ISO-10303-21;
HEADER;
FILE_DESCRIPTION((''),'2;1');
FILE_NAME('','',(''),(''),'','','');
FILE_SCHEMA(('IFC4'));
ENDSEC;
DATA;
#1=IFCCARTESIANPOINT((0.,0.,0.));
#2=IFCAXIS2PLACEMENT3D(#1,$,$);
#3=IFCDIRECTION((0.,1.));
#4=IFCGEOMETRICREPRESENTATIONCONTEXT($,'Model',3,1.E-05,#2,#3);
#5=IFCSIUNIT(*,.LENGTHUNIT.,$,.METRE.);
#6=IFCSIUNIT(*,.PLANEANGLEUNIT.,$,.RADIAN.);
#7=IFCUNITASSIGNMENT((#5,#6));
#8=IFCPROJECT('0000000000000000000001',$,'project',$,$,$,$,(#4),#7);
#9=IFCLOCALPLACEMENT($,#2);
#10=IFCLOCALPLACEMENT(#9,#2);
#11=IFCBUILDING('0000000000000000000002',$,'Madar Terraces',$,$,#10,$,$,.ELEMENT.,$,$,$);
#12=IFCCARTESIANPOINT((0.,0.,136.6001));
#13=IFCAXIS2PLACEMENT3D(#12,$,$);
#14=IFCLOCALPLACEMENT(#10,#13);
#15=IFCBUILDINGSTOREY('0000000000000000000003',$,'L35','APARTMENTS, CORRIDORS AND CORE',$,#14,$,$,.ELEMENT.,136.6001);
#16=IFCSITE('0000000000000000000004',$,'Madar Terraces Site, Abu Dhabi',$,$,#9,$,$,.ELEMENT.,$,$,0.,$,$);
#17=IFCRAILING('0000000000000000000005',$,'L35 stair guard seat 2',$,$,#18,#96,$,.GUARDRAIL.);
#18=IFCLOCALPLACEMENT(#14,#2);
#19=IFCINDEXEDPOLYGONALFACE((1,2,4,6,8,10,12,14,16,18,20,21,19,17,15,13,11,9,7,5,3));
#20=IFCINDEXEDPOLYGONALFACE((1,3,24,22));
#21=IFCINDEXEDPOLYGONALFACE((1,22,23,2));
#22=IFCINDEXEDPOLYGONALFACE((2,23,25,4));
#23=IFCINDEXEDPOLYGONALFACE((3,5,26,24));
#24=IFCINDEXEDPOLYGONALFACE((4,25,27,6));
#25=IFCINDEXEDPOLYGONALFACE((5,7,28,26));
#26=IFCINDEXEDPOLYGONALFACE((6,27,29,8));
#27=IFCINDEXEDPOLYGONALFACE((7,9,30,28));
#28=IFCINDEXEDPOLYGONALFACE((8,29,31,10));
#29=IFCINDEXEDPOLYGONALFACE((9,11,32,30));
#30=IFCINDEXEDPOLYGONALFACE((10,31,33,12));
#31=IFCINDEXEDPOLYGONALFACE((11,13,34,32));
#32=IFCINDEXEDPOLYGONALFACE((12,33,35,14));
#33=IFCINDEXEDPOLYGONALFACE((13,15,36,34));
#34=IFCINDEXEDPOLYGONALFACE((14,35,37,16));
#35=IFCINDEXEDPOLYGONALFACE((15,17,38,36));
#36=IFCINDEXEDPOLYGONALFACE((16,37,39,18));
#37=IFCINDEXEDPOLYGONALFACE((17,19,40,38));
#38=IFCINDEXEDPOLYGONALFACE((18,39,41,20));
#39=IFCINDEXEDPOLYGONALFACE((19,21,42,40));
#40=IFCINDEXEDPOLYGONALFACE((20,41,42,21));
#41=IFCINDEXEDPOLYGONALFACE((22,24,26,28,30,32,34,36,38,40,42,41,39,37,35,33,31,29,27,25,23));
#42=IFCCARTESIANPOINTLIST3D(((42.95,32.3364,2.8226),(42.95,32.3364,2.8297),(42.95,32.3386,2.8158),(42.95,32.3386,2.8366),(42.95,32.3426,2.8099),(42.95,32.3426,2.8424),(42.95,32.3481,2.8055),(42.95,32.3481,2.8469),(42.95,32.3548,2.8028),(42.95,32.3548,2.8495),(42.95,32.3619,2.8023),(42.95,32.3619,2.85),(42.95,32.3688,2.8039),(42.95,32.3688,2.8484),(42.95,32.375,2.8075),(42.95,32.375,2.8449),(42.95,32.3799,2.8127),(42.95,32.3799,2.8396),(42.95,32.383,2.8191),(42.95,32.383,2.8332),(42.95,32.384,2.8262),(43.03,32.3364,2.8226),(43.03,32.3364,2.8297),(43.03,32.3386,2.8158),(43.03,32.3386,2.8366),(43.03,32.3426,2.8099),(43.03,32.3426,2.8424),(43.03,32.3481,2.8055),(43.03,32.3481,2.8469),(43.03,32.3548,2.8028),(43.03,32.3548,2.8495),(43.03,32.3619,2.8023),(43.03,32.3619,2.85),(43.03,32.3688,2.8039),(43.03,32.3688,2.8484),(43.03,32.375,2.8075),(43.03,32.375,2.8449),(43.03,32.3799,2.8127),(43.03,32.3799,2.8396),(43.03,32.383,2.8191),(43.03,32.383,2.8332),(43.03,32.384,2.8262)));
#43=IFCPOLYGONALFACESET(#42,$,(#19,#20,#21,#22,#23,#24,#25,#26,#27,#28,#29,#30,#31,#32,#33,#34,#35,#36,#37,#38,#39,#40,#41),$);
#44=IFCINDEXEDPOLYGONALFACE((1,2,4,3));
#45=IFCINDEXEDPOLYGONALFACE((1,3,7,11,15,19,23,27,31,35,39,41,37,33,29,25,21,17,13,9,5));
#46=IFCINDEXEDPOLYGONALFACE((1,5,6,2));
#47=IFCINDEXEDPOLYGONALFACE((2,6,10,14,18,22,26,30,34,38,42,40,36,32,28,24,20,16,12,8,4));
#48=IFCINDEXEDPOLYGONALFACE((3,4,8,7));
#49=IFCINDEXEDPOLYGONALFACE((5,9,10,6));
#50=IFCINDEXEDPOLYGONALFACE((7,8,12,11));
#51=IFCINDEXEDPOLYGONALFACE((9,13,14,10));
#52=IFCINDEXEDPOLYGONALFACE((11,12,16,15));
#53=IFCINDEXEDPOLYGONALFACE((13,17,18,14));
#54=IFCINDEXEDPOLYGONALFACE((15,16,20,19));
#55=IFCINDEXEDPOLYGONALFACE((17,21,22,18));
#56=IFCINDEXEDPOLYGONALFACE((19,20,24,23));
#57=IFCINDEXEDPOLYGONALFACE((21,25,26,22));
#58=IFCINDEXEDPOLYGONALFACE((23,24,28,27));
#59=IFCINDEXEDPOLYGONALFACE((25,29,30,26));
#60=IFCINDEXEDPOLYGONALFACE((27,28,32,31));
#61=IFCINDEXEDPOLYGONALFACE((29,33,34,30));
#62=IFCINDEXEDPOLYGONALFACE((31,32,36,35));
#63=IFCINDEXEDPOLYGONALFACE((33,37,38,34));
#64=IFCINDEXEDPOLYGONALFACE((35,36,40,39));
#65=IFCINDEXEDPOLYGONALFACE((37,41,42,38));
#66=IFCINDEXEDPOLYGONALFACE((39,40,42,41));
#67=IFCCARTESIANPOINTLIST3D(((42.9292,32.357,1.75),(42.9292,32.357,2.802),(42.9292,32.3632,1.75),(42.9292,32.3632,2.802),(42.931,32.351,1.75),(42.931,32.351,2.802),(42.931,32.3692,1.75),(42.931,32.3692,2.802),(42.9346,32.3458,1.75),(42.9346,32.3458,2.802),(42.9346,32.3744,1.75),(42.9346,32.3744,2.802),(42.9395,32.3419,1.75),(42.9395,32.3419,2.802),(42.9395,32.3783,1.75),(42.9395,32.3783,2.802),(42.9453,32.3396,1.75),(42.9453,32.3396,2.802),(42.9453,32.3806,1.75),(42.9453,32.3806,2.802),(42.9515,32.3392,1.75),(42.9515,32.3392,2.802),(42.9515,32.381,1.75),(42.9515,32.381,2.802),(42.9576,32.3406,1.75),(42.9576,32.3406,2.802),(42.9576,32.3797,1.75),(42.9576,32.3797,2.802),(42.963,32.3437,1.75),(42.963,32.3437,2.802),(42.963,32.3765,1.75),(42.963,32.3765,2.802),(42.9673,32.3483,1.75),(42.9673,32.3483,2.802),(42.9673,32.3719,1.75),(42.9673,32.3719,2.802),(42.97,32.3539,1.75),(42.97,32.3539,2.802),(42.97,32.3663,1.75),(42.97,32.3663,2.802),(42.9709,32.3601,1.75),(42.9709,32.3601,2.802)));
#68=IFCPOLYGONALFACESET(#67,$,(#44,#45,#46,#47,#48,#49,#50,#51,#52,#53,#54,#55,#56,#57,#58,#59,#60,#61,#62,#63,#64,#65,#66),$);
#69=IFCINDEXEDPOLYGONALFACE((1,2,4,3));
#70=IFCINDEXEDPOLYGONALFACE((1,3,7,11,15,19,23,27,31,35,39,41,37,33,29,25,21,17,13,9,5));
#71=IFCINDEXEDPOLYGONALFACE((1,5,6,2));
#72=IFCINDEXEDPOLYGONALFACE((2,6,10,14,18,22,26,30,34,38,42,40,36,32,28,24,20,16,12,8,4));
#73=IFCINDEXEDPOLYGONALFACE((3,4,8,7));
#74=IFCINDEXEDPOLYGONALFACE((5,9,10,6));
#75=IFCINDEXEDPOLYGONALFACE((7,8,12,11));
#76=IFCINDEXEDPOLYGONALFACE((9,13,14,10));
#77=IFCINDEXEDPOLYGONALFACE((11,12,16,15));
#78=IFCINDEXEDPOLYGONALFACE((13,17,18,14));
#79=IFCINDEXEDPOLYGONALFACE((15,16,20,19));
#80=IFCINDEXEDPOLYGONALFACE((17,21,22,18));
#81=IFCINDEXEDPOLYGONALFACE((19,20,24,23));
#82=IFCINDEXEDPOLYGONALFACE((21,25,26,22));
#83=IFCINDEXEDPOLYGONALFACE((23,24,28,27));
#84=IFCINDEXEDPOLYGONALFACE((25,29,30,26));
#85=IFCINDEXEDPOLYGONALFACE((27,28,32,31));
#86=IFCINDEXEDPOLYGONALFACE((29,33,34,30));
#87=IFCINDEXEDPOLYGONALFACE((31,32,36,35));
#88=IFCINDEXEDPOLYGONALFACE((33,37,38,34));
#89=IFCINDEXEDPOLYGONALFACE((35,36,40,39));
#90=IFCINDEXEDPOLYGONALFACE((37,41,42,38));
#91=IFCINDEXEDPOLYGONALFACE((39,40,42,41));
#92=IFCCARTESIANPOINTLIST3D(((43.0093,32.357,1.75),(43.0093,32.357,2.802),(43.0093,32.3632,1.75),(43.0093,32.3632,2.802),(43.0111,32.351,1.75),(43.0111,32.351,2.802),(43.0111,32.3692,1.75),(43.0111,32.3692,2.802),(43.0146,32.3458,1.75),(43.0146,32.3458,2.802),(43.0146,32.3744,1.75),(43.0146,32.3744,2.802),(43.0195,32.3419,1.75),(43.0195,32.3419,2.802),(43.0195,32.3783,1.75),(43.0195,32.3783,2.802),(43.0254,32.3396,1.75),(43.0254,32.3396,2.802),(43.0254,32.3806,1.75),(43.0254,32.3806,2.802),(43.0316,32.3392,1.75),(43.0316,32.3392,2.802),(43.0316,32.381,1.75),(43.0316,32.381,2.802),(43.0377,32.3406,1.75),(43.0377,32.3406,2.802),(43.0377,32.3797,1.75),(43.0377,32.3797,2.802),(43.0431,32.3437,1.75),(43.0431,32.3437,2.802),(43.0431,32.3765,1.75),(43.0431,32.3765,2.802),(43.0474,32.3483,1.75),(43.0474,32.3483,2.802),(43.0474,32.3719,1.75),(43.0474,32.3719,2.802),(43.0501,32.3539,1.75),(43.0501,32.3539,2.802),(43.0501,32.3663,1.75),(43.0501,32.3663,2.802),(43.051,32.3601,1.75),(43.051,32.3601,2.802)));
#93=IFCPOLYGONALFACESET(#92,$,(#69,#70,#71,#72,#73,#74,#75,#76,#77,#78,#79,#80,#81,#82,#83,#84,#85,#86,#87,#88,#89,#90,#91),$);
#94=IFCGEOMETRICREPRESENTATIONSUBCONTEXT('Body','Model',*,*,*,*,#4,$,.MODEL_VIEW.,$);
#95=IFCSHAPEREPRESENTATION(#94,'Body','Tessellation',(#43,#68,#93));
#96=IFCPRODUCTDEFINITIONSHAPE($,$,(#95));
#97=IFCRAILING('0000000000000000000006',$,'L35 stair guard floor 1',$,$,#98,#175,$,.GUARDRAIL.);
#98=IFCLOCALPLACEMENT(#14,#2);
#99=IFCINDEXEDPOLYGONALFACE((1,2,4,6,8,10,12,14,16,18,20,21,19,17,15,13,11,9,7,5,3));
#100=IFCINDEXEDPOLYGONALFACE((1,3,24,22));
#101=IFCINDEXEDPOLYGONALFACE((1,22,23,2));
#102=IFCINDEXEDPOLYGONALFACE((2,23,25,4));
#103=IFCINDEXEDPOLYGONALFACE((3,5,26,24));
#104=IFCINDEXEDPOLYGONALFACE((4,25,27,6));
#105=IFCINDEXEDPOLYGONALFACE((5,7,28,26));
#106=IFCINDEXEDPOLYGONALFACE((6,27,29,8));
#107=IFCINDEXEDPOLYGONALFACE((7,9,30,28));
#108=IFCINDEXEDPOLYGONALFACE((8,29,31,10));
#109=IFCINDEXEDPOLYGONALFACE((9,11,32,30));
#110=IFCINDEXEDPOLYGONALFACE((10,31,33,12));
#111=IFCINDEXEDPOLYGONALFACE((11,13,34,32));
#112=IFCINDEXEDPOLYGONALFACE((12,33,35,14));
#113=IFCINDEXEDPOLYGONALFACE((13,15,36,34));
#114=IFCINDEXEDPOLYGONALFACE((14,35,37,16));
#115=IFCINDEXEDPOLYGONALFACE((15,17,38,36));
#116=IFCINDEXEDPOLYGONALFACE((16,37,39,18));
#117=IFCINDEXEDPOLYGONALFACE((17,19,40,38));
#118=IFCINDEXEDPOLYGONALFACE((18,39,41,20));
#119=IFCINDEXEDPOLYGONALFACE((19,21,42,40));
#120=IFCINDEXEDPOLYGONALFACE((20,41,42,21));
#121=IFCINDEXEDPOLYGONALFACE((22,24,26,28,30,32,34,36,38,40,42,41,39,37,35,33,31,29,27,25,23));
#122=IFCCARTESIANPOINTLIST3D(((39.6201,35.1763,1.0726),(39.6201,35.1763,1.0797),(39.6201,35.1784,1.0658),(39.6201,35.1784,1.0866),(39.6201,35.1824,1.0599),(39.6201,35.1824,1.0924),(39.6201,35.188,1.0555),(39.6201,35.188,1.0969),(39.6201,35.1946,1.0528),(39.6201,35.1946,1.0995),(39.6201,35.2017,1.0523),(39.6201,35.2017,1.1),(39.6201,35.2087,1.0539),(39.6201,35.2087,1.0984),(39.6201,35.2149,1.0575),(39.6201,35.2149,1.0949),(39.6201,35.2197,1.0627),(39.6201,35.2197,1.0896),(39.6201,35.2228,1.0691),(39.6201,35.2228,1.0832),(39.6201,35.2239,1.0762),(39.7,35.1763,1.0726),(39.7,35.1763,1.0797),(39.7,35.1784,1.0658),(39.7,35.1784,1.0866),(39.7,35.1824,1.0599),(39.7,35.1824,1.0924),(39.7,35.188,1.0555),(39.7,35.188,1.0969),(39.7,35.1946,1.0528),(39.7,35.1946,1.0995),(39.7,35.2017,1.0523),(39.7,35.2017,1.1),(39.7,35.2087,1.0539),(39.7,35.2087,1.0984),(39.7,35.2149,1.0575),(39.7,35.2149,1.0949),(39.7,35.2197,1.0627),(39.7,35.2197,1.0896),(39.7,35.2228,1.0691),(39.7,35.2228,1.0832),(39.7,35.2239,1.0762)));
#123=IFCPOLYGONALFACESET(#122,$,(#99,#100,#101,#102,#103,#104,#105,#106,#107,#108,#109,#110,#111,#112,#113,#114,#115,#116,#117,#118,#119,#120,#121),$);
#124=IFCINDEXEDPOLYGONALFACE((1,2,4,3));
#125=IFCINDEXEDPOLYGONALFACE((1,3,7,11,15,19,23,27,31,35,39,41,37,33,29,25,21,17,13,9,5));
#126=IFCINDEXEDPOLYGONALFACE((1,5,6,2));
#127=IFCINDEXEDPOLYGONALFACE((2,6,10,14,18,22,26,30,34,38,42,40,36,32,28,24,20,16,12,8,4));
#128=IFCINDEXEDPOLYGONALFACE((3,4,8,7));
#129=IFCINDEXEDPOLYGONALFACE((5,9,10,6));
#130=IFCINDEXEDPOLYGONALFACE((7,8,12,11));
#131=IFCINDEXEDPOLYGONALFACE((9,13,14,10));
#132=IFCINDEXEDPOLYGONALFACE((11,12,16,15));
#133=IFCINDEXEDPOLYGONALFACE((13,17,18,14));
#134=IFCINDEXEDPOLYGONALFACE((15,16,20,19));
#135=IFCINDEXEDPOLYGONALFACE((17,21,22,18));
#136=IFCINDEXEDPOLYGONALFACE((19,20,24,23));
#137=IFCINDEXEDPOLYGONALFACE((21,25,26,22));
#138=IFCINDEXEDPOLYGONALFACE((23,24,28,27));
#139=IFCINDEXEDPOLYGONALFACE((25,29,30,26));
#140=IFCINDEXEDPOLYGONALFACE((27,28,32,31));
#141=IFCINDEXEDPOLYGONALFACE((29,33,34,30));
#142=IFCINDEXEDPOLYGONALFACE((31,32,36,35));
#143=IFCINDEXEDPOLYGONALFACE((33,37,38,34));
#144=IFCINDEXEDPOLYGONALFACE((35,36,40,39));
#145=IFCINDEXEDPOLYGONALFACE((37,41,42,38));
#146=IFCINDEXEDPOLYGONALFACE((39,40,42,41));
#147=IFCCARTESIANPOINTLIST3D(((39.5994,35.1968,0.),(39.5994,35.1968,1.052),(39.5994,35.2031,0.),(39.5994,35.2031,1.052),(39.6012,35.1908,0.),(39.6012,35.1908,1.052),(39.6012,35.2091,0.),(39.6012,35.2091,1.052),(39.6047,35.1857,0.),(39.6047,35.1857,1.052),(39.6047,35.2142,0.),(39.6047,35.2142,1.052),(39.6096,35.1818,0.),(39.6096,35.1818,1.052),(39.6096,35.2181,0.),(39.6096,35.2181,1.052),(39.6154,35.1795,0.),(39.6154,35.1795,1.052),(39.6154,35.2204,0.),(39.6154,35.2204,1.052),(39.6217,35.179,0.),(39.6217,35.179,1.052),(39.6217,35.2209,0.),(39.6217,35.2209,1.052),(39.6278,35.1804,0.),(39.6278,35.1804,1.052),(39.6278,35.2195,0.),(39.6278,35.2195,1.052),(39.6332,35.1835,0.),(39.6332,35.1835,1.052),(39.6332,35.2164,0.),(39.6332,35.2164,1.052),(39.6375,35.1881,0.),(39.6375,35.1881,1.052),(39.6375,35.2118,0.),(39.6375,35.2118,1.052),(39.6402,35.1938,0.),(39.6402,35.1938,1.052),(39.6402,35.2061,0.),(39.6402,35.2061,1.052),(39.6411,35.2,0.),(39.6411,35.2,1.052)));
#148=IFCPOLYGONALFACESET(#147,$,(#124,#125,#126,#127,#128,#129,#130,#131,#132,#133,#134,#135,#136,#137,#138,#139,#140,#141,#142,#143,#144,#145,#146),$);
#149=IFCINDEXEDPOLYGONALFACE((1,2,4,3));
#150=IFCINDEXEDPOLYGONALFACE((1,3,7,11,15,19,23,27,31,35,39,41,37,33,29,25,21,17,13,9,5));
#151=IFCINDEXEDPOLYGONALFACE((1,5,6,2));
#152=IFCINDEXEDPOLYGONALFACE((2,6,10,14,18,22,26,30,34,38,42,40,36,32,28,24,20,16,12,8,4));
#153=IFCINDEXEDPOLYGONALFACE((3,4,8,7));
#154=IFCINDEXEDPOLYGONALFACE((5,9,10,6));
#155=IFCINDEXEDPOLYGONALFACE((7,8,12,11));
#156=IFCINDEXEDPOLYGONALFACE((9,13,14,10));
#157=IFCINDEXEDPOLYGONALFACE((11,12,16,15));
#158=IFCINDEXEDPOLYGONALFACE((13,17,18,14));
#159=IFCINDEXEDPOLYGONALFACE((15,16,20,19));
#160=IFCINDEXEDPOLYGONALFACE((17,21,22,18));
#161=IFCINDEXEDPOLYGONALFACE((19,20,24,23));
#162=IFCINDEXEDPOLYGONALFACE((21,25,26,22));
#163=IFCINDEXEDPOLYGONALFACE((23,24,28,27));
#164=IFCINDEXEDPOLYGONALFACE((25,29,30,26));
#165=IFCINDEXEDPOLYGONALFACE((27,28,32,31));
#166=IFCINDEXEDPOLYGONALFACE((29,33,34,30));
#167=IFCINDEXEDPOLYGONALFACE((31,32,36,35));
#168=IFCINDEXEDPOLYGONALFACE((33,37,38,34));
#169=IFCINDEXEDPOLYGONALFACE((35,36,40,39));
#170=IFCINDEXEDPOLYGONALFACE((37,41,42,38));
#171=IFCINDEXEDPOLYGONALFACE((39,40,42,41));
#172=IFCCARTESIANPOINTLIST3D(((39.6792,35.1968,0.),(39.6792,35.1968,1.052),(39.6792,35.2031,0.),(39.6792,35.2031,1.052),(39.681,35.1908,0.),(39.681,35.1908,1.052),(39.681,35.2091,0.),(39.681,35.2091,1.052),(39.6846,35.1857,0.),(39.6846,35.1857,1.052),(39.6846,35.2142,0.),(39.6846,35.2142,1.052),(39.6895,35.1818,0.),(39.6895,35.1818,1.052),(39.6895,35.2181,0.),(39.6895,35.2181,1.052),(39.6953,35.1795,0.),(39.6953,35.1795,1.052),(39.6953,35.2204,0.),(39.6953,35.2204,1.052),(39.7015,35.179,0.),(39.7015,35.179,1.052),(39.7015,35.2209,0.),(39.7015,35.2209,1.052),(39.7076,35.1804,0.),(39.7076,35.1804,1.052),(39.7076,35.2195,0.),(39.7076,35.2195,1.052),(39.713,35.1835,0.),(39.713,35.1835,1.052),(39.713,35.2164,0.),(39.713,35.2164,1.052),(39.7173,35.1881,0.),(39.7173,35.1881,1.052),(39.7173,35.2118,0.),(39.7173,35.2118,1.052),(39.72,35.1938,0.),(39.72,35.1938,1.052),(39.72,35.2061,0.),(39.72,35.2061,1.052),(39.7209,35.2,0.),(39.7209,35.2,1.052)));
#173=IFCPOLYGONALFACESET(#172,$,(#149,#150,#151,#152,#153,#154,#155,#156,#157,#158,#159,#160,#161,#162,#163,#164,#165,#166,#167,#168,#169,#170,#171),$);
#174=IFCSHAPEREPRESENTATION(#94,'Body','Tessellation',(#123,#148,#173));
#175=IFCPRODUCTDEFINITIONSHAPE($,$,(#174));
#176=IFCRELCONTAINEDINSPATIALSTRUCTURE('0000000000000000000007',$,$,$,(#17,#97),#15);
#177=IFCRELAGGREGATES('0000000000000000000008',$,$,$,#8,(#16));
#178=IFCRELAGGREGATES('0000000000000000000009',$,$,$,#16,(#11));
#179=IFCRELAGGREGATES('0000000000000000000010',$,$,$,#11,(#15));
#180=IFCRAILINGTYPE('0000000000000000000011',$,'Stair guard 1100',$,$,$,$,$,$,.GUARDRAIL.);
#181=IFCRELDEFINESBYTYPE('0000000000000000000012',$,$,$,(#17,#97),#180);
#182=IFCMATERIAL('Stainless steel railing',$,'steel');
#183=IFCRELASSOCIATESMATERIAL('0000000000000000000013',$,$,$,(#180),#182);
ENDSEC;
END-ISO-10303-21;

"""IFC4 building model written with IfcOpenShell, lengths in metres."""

from ifc_helpers import new_model, si_unit, direction, frame, origin, origin_2d, place, context, subcontext, project, spatial, circle, extrude, material, type_object, element, save


model = new_model("IFC4")

# Units and contexts
model_context = context("Model", 3, precision=1e-05, world=origin(), true_north=direction((0.0, 1.0)))
body_context = subcontext(model_context, "Body", "Model", "MODEL_VIEW")
ifc_project = project(units=[si_unit("LENGTHUNIT", "METRE"), si_unit("PLANEANGLEUNIT", "RADIAN")], contexts=[model_context])

# Site, building, storey
site_placement = place(None, origin())
site = spatial("IfcSite", under=ifc_project, at=site_placement, Name="Madar Terraces Site, Abu Dhabi", CompositionType="ELEMENT", RefElevation=0.0)
building_placement = place(site_placement, origin())
building = spatial("IfcBuilding", under=site, at=building_placement, Name="Madar Terraces", CompositionType="ELEMENT")
storey_placement = place(building_placement, frame((0.0, 0.0, 136.6001)))
storey = spatial("IfcBuildingStorey", under=building, at=storey_placement, Name="L35", Description="APARTMENTS, CORRIDORS AND CORE", CompositionType="ELEMENT", Elevation=136.6001)

# Railings
ifc_material_1 = material(Name="Stainless steel railing", Category="steel")
railing_type_1 = type_object("IfcRailingType", Name="Stair guard 1100", PredefinedType="GUARDRAIL", material=ifc_material_1)
railing_1_placement = place(storey_placement, frame((42.95, 32.3601, 1.75)))
element("IfcRailing", 1, at=railing_1_placement, inside=storey, type_object=railing_type_1, Name="L35 stair guard seat 2", PredefinedType="GUARDRAIL", context=body_context, shape_type="SweptSolid", body=[
    extrude(circle(Radius=0.0239, at=origin_2d()), frame((0.0, 0.0, 1.0762), z_axis=(1.0, 0.0, 0.0), x_axis=(0.0, 1.0, 0.0)), (0.0, 0.0, 1.0), 0.0801),
    extrude(circle(Radius=0.021, at=origin_2d()), origin(), (0.0, 0.0, 1.0), 1.052),
    extrude(circle(Radius=0.021, at=origin_2d()), frame((0.0801, 0.0, 0.0)), (0.0, 0.0, 1.0), 1.052),
])
railing_2_placement = place(storey_placement, frame((39.6201, 35.2, 0.0)))
element("IfcRailing", 2, at=railing_2_placement, inside=storey, type_object=railing_type_1, Name="L35 stair guard floor 1", PredefinedType="GUARDRAIL", context=body_context, shape_type="SweptSolid", body=[
    extrude(circle(Radius=0.0239, at=origin_2d()), frame((0.0, 0.0, 1.0762), z_axis=(1.0, 0.0, 0.0), x_axis=(0.0, 1.0, 0.0)), (0.0, 0.0, 1.0), 0.0798),
    extrude(circle(Radius=0.021, at=origin_2d()), origin(), (0.0, 0.0, 1.0), 1.052),
    extrude(circle(Radius=0.021, at=origin_2d()), frame((0.0798, 0.0, 0.0)), (0.0, 0.0, 1.0), 1.052),
])

save(model, "model.ifc")
